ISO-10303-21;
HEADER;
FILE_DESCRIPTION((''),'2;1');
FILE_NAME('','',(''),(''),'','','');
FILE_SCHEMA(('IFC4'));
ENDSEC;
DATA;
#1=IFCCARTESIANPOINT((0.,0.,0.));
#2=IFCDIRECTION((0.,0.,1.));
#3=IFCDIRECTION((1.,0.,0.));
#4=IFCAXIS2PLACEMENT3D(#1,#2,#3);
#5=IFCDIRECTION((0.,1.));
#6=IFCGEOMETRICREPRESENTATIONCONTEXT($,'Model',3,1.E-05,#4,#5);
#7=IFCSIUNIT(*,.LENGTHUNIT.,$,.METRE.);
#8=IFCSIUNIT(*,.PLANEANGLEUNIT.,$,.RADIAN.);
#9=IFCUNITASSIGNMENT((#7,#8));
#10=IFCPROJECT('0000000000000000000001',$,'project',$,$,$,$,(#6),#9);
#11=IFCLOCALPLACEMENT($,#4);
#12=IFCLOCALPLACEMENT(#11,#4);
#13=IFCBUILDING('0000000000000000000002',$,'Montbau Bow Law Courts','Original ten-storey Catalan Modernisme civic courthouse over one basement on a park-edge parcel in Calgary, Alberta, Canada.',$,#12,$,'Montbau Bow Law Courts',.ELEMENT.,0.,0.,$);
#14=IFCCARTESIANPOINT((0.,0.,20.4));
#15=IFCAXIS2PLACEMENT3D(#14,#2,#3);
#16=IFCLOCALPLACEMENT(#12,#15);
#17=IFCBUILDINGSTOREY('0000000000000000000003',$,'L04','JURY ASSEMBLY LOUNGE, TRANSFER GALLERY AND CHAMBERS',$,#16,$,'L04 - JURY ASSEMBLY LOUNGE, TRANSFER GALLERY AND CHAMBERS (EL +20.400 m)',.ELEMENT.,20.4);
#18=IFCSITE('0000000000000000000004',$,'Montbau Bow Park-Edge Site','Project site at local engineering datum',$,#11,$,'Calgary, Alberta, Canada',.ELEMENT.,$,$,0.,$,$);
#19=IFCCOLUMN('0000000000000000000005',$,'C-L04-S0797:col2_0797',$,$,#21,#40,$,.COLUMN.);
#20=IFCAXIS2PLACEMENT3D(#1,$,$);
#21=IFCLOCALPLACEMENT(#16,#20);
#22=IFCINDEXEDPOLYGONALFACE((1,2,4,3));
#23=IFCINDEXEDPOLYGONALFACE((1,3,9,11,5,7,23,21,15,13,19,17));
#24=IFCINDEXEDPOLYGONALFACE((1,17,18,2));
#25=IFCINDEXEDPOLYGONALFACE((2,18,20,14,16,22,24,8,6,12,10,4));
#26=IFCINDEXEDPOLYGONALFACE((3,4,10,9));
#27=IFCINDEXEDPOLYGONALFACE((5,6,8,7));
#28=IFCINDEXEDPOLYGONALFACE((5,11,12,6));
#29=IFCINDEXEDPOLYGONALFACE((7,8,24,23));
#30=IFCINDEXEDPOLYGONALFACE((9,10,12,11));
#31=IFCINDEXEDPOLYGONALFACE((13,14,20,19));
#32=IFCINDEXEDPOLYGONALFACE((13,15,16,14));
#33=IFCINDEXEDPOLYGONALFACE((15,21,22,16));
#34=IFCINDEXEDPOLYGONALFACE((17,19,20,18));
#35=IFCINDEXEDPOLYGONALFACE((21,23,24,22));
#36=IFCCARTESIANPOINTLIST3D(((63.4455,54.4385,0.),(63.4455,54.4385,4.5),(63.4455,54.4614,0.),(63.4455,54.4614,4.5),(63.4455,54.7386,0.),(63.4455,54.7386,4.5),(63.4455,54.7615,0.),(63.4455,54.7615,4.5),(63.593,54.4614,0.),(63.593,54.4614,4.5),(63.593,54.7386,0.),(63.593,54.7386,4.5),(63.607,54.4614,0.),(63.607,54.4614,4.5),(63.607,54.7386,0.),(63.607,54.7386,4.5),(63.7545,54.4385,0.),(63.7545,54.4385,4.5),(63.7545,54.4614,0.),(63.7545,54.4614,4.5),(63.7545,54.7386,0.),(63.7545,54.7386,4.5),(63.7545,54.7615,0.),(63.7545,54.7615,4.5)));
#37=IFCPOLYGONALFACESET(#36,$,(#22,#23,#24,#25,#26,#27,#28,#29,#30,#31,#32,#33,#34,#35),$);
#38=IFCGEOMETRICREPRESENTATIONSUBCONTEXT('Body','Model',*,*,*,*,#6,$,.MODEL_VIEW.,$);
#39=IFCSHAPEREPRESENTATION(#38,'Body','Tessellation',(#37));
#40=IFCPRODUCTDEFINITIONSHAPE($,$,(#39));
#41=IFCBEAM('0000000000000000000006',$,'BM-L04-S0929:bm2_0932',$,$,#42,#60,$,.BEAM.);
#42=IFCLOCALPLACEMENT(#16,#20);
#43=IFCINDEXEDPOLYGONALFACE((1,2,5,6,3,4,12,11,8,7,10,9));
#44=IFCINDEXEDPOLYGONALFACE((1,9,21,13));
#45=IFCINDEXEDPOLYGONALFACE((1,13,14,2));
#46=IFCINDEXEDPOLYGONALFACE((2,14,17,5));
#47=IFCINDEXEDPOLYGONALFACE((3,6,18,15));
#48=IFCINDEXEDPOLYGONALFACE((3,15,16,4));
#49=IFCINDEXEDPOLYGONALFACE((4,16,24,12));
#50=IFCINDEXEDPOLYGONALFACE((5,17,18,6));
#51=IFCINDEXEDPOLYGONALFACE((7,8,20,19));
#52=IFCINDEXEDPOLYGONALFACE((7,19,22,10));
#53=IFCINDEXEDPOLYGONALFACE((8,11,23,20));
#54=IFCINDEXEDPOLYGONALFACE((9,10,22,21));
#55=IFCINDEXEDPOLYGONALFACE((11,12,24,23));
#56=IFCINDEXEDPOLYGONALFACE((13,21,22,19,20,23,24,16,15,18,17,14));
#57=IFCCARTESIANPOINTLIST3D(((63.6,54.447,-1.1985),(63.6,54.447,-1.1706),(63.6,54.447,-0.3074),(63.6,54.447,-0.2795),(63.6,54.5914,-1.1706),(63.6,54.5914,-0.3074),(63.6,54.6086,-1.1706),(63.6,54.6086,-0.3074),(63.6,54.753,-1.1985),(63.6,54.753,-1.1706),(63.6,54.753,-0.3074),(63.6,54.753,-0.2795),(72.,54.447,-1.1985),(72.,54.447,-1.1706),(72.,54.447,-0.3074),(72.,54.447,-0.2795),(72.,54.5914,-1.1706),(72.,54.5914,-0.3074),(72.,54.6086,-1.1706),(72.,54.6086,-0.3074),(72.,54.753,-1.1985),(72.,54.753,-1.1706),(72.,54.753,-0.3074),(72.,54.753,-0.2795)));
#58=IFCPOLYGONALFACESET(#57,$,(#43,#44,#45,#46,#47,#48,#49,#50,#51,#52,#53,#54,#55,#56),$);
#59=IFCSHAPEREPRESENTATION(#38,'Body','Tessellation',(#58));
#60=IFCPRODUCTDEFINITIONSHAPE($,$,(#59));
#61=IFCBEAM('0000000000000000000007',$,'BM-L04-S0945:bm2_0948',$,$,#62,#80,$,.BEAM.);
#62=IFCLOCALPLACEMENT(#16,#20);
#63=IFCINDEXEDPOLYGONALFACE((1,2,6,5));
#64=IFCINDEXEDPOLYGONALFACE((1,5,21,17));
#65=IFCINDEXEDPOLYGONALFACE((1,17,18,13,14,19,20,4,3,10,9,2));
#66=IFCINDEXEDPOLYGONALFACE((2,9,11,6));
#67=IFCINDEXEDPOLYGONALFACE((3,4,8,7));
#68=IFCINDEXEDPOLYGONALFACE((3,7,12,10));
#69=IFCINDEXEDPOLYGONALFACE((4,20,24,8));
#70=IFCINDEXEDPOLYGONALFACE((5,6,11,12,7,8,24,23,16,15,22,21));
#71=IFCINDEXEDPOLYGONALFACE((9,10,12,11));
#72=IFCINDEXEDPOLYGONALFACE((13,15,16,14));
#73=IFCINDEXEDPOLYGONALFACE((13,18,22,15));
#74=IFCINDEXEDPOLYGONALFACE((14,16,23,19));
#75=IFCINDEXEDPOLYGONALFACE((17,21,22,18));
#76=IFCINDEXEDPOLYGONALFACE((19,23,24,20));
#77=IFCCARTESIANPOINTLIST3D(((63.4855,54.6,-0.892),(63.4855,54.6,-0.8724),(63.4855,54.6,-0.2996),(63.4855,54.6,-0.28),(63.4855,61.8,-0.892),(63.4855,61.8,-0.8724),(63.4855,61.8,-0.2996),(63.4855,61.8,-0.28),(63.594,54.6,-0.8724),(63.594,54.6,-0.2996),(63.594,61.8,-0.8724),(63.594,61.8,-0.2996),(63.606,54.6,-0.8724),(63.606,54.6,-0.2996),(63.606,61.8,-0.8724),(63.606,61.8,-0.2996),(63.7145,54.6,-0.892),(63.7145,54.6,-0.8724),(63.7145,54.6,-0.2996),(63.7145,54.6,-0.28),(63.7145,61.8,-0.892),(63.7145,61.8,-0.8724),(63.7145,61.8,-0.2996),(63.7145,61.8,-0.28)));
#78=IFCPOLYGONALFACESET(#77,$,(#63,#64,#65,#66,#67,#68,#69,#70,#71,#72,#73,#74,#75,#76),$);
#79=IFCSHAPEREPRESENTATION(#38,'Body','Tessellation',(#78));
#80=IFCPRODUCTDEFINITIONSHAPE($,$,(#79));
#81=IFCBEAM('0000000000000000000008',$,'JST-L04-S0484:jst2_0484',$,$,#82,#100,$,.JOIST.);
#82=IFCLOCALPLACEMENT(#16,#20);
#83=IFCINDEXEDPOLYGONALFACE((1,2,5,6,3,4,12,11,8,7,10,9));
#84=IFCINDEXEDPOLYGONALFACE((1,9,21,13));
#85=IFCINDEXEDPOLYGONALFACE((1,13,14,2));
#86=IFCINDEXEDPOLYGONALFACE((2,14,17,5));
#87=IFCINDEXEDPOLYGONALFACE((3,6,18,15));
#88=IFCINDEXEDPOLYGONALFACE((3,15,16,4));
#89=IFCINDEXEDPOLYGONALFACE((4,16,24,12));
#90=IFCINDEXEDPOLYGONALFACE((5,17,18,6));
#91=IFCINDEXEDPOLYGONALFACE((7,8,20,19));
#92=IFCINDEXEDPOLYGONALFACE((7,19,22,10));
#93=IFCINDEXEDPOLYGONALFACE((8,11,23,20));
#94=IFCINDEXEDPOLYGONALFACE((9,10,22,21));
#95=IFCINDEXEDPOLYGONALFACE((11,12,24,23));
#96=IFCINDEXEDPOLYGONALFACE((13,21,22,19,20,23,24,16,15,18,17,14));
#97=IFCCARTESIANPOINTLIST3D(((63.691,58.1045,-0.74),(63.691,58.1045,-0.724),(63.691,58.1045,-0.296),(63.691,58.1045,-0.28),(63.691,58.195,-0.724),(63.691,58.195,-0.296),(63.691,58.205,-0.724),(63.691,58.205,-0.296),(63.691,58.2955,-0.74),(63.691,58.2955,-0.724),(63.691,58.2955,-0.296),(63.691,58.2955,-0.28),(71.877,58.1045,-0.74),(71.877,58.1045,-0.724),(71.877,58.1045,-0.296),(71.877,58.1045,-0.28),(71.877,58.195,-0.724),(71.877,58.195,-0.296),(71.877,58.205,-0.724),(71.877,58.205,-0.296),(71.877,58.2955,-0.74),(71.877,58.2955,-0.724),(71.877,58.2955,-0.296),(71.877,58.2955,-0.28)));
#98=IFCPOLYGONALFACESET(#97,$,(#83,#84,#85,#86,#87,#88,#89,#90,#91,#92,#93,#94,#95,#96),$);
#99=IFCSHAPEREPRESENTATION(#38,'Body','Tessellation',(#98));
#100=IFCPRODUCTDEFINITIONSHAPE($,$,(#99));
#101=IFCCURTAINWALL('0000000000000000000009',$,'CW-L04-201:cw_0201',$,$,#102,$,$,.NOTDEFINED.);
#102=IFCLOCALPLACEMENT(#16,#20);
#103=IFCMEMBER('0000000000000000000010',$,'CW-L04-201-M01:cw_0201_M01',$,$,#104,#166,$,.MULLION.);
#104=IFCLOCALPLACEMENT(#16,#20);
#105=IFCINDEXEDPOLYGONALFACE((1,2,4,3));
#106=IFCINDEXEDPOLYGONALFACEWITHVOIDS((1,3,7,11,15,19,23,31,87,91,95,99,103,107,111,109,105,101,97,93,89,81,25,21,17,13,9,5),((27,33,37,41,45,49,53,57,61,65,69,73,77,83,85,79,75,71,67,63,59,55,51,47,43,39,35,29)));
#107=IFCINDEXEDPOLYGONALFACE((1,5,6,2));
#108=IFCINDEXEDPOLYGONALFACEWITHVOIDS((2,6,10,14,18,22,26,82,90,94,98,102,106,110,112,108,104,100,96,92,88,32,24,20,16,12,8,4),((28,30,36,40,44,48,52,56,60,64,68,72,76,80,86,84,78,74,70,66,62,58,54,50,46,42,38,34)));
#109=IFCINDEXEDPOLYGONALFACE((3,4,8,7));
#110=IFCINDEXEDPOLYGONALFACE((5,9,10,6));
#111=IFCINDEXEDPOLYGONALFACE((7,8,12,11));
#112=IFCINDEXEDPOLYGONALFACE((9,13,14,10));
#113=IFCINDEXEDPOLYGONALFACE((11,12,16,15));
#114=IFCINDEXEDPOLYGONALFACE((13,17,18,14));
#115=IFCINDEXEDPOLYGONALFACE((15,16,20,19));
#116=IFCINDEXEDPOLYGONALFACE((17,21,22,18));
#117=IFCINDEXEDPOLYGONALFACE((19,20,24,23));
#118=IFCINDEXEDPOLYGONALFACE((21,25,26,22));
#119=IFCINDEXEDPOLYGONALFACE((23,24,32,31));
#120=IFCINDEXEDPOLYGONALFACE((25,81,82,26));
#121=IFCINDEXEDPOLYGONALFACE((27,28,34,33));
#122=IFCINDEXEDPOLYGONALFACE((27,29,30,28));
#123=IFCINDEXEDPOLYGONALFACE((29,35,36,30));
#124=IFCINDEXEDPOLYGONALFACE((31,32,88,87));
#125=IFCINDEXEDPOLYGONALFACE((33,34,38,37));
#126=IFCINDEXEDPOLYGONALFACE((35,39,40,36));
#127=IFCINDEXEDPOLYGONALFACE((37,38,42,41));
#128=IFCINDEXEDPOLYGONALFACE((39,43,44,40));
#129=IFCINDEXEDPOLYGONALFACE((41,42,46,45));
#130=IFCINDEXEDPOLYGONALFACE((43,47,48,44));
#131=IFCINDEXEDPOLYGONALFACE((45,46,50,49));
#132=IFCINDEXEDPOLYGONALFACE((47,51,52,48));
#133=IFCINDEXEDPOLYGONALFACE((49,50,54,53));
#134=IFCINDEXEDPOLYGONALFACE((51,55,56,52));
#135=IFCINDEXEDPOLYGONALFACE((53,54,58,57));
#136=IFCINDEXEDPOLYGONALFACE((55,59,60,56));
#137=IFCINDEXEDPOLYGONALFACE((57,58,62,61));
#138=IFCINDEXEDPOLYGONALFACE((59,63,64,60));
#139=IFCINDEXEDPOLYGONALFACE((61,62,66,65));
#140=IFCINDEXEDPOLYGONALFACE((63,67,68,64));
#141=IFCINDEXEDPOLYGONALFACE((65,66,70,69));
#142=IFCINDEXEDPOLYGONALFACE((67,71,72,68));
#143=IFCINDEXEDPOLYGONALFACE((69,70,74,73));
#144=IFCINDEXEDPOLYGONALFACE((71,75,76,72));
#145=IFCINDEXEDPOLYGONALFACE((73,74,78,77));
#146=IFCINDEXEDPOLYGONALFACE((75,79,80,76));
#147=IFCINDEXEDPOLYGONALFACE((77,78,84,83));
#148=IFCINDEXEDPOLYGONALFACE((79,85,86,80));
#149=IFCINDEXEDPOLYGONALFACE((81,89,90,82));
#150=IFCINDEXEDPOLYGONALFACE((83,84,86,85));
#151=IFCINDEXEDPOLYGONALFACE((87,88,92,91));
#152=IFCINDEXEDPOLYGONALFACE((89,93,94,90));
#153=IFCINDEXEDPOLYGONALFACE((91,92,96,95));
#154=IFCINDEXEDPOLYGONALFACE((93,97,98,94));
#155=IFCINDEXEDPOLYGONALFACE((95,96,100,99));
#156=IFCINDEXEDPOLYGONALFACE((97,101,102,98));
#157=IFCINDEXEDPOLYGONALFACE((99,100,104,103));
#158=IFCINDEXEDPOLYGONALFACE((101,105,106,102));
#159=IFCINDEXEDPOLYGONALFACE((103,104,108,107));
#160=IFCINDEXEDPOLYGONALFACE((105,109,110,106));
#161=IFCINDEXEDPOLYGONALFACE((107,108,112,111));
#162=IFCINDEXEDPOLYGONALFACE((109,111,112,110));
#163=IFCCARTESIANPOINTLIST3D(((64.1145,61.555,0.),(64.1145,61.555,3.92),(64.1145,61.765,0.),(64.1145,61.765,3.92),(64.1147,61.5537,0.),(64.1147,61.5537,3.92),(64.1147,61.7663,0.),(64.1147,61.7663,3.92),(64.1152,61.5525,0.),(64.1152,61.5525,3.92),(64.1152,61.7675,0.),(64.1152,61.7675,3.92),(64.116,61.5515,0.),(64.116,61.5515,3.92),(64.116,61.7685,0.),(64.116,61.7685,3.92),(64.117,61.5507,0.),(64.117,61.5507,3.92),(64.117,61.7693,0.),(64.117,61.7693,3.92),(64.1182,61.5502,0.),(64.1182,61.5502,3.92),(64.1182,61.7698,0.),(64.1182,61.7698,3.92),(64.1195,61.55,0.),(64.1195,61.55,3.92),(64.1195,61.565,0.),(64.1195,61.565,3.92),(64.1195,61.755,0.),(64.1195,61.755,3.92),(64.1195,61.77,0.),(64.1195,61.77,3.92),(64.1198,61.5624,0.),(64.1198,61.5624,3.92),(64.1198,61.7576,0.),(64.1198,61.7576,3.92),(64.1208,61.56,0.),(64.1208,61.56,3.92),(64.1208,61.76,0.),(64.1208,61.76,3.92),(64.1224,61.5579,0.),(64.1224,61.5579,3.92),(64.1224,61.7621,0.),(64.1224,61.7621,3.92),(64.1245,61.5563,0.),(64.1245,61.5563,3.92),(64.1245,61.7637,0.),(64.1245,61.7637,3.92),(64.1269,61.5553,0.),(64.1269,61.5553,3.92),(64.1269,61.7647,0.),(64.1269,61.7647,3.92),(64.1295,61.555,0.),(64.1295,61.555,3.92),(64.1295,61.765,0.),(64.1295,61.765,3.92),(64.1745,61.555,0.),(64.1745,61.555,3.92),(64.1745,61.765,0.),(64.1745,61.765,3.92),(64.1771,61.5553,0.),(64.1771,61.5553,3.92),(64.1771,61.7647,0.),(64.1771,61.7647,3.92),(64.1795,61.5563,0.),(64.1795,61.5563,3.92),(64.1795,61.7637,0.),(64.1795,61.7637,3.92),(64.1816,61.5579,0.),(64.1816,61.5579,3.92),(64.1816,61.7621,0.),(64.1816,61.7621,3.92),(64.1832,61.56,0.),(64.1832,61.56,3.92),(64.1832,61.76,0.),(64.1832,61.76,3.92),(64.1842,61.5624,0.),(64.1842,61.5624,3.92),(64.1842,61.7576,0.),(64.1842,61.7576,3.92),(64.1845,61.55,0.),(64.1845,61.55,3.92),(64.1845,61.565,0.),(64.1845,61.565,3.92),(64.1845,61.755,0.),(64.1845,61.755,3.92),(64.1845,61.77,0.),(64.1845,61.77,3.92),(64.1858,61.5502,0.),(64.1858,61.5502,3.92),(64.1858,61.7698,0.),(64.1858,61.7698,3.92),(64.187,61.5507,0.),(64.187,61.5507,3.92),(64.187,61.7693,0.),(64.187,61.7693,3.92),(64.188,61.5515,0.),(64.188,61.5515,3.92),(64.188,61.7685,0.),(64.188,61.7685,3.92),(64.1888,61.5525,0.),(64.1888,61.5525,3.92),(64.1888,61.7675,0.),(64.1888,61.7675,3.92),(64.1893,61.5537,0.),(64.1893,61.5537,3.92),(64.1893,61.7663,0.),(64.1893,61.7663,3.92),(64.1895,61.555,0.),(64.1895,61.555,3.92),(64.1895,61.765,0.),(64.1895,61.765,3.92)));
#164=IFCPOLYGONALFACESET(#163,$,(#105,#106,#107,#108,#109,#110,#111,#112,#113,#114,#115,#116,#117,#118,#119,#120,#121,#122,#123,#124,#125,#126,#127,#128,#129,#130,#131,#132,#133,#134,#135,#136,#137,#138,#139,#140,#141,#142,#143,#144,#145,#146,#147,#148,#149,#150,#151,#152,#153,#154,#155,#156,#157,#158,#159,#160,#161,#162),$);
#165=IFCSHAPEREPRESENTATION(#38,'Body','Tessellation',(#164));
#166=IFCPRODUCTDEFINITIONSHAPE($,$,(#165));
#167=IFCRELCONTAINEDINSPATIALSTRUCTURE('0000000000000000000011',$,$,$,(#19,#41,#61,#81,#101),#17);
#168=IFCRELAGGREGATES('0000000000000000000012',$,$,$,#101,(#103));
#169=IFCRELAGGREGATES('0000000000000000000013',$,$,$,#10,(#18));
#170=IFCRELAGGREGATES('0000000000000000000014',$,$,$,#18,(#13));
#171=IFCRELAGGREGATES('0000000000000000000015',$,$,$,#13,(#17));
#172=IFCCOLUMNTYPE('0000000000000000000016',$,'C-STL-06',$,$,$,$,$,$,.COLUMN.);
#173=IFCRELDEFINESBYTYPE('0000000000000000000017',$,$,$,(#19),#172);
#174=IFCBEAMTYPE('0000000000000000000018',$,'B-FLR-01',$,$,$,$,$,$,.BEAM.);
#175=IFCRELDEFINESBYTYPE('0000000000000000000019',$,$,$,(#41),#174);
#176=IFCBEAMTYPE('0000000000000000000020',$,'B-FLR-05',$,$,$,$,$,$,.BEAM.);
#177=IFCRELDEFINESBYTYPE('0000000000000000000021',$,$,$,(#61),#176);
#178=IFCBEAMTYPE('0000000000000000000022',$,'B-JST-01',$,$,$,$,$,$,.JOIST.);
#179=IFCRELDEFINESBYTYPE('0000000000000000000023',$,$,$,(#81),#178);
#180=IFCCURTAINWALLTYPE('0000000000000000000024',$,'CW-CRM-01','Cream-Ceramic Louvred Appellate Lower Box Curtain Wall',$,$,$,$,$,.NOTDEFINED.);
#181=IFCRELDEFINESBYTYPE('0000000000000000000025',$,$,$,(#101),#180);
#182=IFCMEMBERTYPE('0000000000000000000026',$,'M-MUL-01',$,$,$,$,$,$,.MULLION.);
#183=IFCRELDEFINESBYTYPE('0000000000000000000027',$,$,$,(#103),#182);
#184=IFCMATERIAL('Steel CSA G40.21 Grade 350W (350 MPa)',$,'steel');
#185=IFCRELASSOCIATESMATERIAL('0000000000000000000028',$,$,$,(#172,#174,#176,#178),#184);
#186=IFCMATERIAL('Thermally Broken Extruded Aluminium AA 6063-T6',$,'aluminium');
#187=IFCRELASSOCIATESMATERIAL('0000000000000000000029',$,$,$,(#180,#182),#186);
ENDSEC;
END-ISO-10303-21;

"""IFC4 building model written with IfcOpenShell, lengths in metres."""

from ifc_helpers import new_model, si_unit, direction, frame, origin_with_axes, origin_2d_with_axis, place, context, subcontext, project, spatial, hollow_rectangle, i_section, extrude, material, material_profile, profile_set, type_object, element, aggregate, save


model = new_model("IFC4")

# Units and contexts
model_context = context("Model", 3, precision=1e-05, world=origin_with_axes(), true_north=direction((0.0, 1.0)))
body_context = subcontext(model_context, "Body", "Model", "MODEL_VIEW")
ifc_project = project(units=[si_unit("LENGTHUNIT", "METRE"), si_unit("PLANEANGLEUNIT", "RADIAN")], contexts=[model_context])

# Site, building, storey
site_placement = place(None, origin_with_axes())
site = spatial("IfcSite", under=ifc_project, at=site_placement, Name="Montbau Bow Park-Edge Site", Description="Project site at local engineering datum", LongName="Calgary, Alberta, Canada", CompositionType="ELEMENT", RefElevation=0.0)
building_placement = place(site_placement, origin_with_axes())
building = spatial("IfcBuilding", under=site, at=building_placement, Name="Montbau Bow Law Courts", Description="Original ten-storey Catalan Modernisme civic courthouse over one basement on a park-edge parcel in Calgary, Alberta, Canada.", LongName="Montbau Bow Law Courts", CompositionType="ELEMENT", ElevationOfRefHeight=0.0, ElevationOfTerrain=0.0)
storey_placement = place(building_placement, frame((0.0, 0.0, 20.4), z_axis=(0.0, 0.0, 1.0), x_axis=(1.0, 0.0, 0.0)))
storey = spatial("IfcBuildingStorey", under=building, at=storey_placement, Name="L04", Description="JURY ASSEMBLY LOUNGE, TRANSFER GALLERY AND CHAMBERS", LongName="L04 - JURY ASSEMBLY LOUNGE, TRANSFER GALLERY AND CHAMBERS (EL +20.400 m)", CompositionType="ELEMENT", Elevation=20.4)

# Column
ifc_material_1 = material(Name="Steel CSA G40.21 Grade 350W (350 MPa)", Category="steel")
ifc_material_profile_1 = material_profile(ifc_material_1, i_section(OverallWidth=0.309, OverallDepth=0.323, WebThickness=0.014, FlangeThickness=0.0229, at=origin_2d_with_axis()), Name="W310X143", Category="Main", Priority=0)
ifc_profile_set_1 = profile_set([ifc_material_profile_1], Name="Steel CSA G40.21 Grade 350W (350 MPa)")
column_type = type_object("IfcColumnType", Name="C-STL-06", PredefinedType="COLUMN", material=ifc_profile_set_1)
column_placement = place(None, frame((63.6, 54.6, 20.4), z_axis=(0.0, 0.0, 1.0), x_axis=(1.0, 0.0, 0.0)))
element("IfcColumn", 1, at=column_placement, inside=storey, type_object=column_type, Name="C-L04-S0797:col2_0797", PredefinedType="COLUMN", context=body_context, shape_type="SweptSolid", body=[
    extrude(i_section(OverallWidth=0.309, OverallDepth=0.323, WebThickness=0.014, FlangeThickness=0.0229, at=origin_2d_with_axis()), origin_with_axes(), (0.0, 0.0, 1.0), 4.5),
])

# Beams
ifc_material_profile_2 = material_profile(ifc_material_1, i_section(OverallWidth=0.306, OverallDepth=0.919, WebThickness=0.0173, FlangeThickness=0.0279, at=origin_2d_with_axis()), Name="W920X253", Category="Main", Priority=0)
ifc_profile_set_2 = profile_set([ifc_material_profile_2], Name="Steel CSA G40.21 Grade 350W (350 MPa)")
beam_type_1 = type_object("IfcBeamType", Name="B-FLR-01", PredefinedType="BEAM", material=ifc_profile_set_2)
beam_1_placement = place(None, frame((63.6, 54.6, 19.661), z_axis=(1.0, 0.0, 0.0), x_axis=(0.0, 1.0, 0.0)))
element("IfcBeam", 2, at=beam_1_placement, inside=storey, type_object=beam_type_1, Name="BM-L04-S0929:bm2_0932", PredefinedType="BEAM", context=body_context, shape_type="SweptSolid", body=[
    extrude(i_section(OverallWidth=0.306, OverallDepth=0.919, WebThickness=0.0173, FlangeThickness=0.0279, at=origin_2d_with_axis()), origin_with_axes(), (0.0, 0.0, 1.0), 8.4),
])
ifc_material_profile_3 = material_profile(ifc_material_1, i_section(OverallWidth=0.229, OverallDepth=0.612, WebThickness=0.0119, FlangeThickness=0.0196, at=origin_2d_with_axis()), Name="W610X125", Category="Main", Priority=0)
ifc_profile_set_3 = profile_set([ifc_material_profile_3], Name="Steel CSA G40.21 Grade 350W (350 MPa)")
beam_type_2 = type_object("IfcBeamType", Name="B-FLR-05", PredefinedType="BEAM", material=ifc_profile_set_3)
beam_2_placement = place(None, frame((63.6, 54.6, 19.814), z_axis=(0.0, 1.0, 0.0), x_axis=(-1.0, 0.0, 0.0)))
element("IfcBeam", 3, at=beam_2_placement, inside=storey, type_object=beam_type_2, Name="BM-L04-S0945:bm2_0948", PredefinedType="BEAM", context=body_context, shape_type="SweptSolid", body=[
    extrude(i_section(OverallWidth=0.229, OverallDepth=0.612, WebThickness=0.0119, FlangeThickness=0.0196, at=origin_2d_with_axis()), origin_with_axes(), (0.0, 0.0, 1.0), 7.2),
])
ifc_material_profile_4 = material_profile(ifc_material_1, i_section(OverallWidth=0.191, OverallDepth=0.46, WebThickness=0.0099, FlangeThickness=0.016, at=origin_2d_with_axis()), Name="W460X82", Category="Main", Priority=0)
ifc_profile_set_4 = profile_set([ifc_material_profile_4], Name="Steel CSA G40.21 Grade 350W (350 MPa)")
beam_type_3 = type_object("IfcBeamType", Name="B-JST-01", PredefinedType="JOIST", material=ifc_profile_set_4)
beam_3_placement = place(None, frame((63.691, 58.2, 19.89), z_axis=(1.0, 0.0, 0.0), x_axis=(0.0, 1.0, 0.0)))
element("IfcBeam", 4, at=beam_3_placement, inside=storey, type_object=beam_type_3, Name="JST-L04-S0484:jst2_0484", PredefinedType="JOIST", context=body_context, shape_type="SweptSolid", body=[
    extrude(i_section(OverallWidth=0.191, OverallDepth=0.46, WebThickness=0.0099, FlangeThickness=0.016, at=origin_2d_with_axis()), origin_with_axes(), (0.0, 0.0, 1.0), 8.186),
])

# Curtain wall, member
ifc_material_2 = material(Name="Thermally Broken Extruded Aluminium AA 6063-T6", Category="aluminium")
curtain_wall_type = type_object("IfcCurtainWallType", Name="CW-CRM-01", Description="Cream-Ceramic Louvred Appellate Lower Box Curtain Wall", PredefinedType="NOTDEFINED", material=ifc_material_2)
curtain_wall_1_placement = place(None, frame((64.115, 61.66, 20.4), z_axis=(0.0, 0.0, 1.0), x_axis=(1.0, 0.0, 0.0)))
curtain_wall_1 = element("IfcCurtainWall", 5, at=curtain_wall_1_placement, inside=storey, type_object=curtain_wall_type, Name="CW-L04-201:cw_0201", PredefinedType="NOTDEFINED")
ifc_material_profile_5 = material_profile(ifc_material_2, hollow_rectangle(XDim=0.075, YDim=0.22, WallThickness=0.005, InnerFilletRadius=0.01, OuterFilletRadius=0.005, at=origin_2d_with_axis()), Name="CWM-220X75", Category="Main", Priority=0)
ifc_profile_set_5 = profile_set([ifc_material_profile_5], Name="Thermally Broken Extruded Aluminium AA 6063-T6")
member_type_1 = type_object("IfcMemberType", Name="M-MUL-01", PredefinedType="MULLION", material=ifc_profile_set_5)
member_1_placement = place(None, frame((64.152, 61.66, 20.4), z_axis=(0.0, 0.0, 1.0), x_axis=(1.0, 0.0, 0.0)))
member_1 = element("IfcMember", 6, at=member_1_placement, type_object=member_type_1, Name="CW-L04-201-M01:cw_0201_M01", PredefinedType="MULLION", context=body_context, shape_type="SweptSolid", body=[
    extrude(hollow_rectangle(XDim=0.075, YDim=0.22, WallThickness=0.005, InnerFilletRadius=0.01, OuterFilletRadius=0.005, at=origin_2d_with_axis()), origin_with_axes(), (0.0, 0.0, 1.0), 3.92),
])

aggregate(curtain_wall_1, [member_1])

save(model, "model.ifc")
